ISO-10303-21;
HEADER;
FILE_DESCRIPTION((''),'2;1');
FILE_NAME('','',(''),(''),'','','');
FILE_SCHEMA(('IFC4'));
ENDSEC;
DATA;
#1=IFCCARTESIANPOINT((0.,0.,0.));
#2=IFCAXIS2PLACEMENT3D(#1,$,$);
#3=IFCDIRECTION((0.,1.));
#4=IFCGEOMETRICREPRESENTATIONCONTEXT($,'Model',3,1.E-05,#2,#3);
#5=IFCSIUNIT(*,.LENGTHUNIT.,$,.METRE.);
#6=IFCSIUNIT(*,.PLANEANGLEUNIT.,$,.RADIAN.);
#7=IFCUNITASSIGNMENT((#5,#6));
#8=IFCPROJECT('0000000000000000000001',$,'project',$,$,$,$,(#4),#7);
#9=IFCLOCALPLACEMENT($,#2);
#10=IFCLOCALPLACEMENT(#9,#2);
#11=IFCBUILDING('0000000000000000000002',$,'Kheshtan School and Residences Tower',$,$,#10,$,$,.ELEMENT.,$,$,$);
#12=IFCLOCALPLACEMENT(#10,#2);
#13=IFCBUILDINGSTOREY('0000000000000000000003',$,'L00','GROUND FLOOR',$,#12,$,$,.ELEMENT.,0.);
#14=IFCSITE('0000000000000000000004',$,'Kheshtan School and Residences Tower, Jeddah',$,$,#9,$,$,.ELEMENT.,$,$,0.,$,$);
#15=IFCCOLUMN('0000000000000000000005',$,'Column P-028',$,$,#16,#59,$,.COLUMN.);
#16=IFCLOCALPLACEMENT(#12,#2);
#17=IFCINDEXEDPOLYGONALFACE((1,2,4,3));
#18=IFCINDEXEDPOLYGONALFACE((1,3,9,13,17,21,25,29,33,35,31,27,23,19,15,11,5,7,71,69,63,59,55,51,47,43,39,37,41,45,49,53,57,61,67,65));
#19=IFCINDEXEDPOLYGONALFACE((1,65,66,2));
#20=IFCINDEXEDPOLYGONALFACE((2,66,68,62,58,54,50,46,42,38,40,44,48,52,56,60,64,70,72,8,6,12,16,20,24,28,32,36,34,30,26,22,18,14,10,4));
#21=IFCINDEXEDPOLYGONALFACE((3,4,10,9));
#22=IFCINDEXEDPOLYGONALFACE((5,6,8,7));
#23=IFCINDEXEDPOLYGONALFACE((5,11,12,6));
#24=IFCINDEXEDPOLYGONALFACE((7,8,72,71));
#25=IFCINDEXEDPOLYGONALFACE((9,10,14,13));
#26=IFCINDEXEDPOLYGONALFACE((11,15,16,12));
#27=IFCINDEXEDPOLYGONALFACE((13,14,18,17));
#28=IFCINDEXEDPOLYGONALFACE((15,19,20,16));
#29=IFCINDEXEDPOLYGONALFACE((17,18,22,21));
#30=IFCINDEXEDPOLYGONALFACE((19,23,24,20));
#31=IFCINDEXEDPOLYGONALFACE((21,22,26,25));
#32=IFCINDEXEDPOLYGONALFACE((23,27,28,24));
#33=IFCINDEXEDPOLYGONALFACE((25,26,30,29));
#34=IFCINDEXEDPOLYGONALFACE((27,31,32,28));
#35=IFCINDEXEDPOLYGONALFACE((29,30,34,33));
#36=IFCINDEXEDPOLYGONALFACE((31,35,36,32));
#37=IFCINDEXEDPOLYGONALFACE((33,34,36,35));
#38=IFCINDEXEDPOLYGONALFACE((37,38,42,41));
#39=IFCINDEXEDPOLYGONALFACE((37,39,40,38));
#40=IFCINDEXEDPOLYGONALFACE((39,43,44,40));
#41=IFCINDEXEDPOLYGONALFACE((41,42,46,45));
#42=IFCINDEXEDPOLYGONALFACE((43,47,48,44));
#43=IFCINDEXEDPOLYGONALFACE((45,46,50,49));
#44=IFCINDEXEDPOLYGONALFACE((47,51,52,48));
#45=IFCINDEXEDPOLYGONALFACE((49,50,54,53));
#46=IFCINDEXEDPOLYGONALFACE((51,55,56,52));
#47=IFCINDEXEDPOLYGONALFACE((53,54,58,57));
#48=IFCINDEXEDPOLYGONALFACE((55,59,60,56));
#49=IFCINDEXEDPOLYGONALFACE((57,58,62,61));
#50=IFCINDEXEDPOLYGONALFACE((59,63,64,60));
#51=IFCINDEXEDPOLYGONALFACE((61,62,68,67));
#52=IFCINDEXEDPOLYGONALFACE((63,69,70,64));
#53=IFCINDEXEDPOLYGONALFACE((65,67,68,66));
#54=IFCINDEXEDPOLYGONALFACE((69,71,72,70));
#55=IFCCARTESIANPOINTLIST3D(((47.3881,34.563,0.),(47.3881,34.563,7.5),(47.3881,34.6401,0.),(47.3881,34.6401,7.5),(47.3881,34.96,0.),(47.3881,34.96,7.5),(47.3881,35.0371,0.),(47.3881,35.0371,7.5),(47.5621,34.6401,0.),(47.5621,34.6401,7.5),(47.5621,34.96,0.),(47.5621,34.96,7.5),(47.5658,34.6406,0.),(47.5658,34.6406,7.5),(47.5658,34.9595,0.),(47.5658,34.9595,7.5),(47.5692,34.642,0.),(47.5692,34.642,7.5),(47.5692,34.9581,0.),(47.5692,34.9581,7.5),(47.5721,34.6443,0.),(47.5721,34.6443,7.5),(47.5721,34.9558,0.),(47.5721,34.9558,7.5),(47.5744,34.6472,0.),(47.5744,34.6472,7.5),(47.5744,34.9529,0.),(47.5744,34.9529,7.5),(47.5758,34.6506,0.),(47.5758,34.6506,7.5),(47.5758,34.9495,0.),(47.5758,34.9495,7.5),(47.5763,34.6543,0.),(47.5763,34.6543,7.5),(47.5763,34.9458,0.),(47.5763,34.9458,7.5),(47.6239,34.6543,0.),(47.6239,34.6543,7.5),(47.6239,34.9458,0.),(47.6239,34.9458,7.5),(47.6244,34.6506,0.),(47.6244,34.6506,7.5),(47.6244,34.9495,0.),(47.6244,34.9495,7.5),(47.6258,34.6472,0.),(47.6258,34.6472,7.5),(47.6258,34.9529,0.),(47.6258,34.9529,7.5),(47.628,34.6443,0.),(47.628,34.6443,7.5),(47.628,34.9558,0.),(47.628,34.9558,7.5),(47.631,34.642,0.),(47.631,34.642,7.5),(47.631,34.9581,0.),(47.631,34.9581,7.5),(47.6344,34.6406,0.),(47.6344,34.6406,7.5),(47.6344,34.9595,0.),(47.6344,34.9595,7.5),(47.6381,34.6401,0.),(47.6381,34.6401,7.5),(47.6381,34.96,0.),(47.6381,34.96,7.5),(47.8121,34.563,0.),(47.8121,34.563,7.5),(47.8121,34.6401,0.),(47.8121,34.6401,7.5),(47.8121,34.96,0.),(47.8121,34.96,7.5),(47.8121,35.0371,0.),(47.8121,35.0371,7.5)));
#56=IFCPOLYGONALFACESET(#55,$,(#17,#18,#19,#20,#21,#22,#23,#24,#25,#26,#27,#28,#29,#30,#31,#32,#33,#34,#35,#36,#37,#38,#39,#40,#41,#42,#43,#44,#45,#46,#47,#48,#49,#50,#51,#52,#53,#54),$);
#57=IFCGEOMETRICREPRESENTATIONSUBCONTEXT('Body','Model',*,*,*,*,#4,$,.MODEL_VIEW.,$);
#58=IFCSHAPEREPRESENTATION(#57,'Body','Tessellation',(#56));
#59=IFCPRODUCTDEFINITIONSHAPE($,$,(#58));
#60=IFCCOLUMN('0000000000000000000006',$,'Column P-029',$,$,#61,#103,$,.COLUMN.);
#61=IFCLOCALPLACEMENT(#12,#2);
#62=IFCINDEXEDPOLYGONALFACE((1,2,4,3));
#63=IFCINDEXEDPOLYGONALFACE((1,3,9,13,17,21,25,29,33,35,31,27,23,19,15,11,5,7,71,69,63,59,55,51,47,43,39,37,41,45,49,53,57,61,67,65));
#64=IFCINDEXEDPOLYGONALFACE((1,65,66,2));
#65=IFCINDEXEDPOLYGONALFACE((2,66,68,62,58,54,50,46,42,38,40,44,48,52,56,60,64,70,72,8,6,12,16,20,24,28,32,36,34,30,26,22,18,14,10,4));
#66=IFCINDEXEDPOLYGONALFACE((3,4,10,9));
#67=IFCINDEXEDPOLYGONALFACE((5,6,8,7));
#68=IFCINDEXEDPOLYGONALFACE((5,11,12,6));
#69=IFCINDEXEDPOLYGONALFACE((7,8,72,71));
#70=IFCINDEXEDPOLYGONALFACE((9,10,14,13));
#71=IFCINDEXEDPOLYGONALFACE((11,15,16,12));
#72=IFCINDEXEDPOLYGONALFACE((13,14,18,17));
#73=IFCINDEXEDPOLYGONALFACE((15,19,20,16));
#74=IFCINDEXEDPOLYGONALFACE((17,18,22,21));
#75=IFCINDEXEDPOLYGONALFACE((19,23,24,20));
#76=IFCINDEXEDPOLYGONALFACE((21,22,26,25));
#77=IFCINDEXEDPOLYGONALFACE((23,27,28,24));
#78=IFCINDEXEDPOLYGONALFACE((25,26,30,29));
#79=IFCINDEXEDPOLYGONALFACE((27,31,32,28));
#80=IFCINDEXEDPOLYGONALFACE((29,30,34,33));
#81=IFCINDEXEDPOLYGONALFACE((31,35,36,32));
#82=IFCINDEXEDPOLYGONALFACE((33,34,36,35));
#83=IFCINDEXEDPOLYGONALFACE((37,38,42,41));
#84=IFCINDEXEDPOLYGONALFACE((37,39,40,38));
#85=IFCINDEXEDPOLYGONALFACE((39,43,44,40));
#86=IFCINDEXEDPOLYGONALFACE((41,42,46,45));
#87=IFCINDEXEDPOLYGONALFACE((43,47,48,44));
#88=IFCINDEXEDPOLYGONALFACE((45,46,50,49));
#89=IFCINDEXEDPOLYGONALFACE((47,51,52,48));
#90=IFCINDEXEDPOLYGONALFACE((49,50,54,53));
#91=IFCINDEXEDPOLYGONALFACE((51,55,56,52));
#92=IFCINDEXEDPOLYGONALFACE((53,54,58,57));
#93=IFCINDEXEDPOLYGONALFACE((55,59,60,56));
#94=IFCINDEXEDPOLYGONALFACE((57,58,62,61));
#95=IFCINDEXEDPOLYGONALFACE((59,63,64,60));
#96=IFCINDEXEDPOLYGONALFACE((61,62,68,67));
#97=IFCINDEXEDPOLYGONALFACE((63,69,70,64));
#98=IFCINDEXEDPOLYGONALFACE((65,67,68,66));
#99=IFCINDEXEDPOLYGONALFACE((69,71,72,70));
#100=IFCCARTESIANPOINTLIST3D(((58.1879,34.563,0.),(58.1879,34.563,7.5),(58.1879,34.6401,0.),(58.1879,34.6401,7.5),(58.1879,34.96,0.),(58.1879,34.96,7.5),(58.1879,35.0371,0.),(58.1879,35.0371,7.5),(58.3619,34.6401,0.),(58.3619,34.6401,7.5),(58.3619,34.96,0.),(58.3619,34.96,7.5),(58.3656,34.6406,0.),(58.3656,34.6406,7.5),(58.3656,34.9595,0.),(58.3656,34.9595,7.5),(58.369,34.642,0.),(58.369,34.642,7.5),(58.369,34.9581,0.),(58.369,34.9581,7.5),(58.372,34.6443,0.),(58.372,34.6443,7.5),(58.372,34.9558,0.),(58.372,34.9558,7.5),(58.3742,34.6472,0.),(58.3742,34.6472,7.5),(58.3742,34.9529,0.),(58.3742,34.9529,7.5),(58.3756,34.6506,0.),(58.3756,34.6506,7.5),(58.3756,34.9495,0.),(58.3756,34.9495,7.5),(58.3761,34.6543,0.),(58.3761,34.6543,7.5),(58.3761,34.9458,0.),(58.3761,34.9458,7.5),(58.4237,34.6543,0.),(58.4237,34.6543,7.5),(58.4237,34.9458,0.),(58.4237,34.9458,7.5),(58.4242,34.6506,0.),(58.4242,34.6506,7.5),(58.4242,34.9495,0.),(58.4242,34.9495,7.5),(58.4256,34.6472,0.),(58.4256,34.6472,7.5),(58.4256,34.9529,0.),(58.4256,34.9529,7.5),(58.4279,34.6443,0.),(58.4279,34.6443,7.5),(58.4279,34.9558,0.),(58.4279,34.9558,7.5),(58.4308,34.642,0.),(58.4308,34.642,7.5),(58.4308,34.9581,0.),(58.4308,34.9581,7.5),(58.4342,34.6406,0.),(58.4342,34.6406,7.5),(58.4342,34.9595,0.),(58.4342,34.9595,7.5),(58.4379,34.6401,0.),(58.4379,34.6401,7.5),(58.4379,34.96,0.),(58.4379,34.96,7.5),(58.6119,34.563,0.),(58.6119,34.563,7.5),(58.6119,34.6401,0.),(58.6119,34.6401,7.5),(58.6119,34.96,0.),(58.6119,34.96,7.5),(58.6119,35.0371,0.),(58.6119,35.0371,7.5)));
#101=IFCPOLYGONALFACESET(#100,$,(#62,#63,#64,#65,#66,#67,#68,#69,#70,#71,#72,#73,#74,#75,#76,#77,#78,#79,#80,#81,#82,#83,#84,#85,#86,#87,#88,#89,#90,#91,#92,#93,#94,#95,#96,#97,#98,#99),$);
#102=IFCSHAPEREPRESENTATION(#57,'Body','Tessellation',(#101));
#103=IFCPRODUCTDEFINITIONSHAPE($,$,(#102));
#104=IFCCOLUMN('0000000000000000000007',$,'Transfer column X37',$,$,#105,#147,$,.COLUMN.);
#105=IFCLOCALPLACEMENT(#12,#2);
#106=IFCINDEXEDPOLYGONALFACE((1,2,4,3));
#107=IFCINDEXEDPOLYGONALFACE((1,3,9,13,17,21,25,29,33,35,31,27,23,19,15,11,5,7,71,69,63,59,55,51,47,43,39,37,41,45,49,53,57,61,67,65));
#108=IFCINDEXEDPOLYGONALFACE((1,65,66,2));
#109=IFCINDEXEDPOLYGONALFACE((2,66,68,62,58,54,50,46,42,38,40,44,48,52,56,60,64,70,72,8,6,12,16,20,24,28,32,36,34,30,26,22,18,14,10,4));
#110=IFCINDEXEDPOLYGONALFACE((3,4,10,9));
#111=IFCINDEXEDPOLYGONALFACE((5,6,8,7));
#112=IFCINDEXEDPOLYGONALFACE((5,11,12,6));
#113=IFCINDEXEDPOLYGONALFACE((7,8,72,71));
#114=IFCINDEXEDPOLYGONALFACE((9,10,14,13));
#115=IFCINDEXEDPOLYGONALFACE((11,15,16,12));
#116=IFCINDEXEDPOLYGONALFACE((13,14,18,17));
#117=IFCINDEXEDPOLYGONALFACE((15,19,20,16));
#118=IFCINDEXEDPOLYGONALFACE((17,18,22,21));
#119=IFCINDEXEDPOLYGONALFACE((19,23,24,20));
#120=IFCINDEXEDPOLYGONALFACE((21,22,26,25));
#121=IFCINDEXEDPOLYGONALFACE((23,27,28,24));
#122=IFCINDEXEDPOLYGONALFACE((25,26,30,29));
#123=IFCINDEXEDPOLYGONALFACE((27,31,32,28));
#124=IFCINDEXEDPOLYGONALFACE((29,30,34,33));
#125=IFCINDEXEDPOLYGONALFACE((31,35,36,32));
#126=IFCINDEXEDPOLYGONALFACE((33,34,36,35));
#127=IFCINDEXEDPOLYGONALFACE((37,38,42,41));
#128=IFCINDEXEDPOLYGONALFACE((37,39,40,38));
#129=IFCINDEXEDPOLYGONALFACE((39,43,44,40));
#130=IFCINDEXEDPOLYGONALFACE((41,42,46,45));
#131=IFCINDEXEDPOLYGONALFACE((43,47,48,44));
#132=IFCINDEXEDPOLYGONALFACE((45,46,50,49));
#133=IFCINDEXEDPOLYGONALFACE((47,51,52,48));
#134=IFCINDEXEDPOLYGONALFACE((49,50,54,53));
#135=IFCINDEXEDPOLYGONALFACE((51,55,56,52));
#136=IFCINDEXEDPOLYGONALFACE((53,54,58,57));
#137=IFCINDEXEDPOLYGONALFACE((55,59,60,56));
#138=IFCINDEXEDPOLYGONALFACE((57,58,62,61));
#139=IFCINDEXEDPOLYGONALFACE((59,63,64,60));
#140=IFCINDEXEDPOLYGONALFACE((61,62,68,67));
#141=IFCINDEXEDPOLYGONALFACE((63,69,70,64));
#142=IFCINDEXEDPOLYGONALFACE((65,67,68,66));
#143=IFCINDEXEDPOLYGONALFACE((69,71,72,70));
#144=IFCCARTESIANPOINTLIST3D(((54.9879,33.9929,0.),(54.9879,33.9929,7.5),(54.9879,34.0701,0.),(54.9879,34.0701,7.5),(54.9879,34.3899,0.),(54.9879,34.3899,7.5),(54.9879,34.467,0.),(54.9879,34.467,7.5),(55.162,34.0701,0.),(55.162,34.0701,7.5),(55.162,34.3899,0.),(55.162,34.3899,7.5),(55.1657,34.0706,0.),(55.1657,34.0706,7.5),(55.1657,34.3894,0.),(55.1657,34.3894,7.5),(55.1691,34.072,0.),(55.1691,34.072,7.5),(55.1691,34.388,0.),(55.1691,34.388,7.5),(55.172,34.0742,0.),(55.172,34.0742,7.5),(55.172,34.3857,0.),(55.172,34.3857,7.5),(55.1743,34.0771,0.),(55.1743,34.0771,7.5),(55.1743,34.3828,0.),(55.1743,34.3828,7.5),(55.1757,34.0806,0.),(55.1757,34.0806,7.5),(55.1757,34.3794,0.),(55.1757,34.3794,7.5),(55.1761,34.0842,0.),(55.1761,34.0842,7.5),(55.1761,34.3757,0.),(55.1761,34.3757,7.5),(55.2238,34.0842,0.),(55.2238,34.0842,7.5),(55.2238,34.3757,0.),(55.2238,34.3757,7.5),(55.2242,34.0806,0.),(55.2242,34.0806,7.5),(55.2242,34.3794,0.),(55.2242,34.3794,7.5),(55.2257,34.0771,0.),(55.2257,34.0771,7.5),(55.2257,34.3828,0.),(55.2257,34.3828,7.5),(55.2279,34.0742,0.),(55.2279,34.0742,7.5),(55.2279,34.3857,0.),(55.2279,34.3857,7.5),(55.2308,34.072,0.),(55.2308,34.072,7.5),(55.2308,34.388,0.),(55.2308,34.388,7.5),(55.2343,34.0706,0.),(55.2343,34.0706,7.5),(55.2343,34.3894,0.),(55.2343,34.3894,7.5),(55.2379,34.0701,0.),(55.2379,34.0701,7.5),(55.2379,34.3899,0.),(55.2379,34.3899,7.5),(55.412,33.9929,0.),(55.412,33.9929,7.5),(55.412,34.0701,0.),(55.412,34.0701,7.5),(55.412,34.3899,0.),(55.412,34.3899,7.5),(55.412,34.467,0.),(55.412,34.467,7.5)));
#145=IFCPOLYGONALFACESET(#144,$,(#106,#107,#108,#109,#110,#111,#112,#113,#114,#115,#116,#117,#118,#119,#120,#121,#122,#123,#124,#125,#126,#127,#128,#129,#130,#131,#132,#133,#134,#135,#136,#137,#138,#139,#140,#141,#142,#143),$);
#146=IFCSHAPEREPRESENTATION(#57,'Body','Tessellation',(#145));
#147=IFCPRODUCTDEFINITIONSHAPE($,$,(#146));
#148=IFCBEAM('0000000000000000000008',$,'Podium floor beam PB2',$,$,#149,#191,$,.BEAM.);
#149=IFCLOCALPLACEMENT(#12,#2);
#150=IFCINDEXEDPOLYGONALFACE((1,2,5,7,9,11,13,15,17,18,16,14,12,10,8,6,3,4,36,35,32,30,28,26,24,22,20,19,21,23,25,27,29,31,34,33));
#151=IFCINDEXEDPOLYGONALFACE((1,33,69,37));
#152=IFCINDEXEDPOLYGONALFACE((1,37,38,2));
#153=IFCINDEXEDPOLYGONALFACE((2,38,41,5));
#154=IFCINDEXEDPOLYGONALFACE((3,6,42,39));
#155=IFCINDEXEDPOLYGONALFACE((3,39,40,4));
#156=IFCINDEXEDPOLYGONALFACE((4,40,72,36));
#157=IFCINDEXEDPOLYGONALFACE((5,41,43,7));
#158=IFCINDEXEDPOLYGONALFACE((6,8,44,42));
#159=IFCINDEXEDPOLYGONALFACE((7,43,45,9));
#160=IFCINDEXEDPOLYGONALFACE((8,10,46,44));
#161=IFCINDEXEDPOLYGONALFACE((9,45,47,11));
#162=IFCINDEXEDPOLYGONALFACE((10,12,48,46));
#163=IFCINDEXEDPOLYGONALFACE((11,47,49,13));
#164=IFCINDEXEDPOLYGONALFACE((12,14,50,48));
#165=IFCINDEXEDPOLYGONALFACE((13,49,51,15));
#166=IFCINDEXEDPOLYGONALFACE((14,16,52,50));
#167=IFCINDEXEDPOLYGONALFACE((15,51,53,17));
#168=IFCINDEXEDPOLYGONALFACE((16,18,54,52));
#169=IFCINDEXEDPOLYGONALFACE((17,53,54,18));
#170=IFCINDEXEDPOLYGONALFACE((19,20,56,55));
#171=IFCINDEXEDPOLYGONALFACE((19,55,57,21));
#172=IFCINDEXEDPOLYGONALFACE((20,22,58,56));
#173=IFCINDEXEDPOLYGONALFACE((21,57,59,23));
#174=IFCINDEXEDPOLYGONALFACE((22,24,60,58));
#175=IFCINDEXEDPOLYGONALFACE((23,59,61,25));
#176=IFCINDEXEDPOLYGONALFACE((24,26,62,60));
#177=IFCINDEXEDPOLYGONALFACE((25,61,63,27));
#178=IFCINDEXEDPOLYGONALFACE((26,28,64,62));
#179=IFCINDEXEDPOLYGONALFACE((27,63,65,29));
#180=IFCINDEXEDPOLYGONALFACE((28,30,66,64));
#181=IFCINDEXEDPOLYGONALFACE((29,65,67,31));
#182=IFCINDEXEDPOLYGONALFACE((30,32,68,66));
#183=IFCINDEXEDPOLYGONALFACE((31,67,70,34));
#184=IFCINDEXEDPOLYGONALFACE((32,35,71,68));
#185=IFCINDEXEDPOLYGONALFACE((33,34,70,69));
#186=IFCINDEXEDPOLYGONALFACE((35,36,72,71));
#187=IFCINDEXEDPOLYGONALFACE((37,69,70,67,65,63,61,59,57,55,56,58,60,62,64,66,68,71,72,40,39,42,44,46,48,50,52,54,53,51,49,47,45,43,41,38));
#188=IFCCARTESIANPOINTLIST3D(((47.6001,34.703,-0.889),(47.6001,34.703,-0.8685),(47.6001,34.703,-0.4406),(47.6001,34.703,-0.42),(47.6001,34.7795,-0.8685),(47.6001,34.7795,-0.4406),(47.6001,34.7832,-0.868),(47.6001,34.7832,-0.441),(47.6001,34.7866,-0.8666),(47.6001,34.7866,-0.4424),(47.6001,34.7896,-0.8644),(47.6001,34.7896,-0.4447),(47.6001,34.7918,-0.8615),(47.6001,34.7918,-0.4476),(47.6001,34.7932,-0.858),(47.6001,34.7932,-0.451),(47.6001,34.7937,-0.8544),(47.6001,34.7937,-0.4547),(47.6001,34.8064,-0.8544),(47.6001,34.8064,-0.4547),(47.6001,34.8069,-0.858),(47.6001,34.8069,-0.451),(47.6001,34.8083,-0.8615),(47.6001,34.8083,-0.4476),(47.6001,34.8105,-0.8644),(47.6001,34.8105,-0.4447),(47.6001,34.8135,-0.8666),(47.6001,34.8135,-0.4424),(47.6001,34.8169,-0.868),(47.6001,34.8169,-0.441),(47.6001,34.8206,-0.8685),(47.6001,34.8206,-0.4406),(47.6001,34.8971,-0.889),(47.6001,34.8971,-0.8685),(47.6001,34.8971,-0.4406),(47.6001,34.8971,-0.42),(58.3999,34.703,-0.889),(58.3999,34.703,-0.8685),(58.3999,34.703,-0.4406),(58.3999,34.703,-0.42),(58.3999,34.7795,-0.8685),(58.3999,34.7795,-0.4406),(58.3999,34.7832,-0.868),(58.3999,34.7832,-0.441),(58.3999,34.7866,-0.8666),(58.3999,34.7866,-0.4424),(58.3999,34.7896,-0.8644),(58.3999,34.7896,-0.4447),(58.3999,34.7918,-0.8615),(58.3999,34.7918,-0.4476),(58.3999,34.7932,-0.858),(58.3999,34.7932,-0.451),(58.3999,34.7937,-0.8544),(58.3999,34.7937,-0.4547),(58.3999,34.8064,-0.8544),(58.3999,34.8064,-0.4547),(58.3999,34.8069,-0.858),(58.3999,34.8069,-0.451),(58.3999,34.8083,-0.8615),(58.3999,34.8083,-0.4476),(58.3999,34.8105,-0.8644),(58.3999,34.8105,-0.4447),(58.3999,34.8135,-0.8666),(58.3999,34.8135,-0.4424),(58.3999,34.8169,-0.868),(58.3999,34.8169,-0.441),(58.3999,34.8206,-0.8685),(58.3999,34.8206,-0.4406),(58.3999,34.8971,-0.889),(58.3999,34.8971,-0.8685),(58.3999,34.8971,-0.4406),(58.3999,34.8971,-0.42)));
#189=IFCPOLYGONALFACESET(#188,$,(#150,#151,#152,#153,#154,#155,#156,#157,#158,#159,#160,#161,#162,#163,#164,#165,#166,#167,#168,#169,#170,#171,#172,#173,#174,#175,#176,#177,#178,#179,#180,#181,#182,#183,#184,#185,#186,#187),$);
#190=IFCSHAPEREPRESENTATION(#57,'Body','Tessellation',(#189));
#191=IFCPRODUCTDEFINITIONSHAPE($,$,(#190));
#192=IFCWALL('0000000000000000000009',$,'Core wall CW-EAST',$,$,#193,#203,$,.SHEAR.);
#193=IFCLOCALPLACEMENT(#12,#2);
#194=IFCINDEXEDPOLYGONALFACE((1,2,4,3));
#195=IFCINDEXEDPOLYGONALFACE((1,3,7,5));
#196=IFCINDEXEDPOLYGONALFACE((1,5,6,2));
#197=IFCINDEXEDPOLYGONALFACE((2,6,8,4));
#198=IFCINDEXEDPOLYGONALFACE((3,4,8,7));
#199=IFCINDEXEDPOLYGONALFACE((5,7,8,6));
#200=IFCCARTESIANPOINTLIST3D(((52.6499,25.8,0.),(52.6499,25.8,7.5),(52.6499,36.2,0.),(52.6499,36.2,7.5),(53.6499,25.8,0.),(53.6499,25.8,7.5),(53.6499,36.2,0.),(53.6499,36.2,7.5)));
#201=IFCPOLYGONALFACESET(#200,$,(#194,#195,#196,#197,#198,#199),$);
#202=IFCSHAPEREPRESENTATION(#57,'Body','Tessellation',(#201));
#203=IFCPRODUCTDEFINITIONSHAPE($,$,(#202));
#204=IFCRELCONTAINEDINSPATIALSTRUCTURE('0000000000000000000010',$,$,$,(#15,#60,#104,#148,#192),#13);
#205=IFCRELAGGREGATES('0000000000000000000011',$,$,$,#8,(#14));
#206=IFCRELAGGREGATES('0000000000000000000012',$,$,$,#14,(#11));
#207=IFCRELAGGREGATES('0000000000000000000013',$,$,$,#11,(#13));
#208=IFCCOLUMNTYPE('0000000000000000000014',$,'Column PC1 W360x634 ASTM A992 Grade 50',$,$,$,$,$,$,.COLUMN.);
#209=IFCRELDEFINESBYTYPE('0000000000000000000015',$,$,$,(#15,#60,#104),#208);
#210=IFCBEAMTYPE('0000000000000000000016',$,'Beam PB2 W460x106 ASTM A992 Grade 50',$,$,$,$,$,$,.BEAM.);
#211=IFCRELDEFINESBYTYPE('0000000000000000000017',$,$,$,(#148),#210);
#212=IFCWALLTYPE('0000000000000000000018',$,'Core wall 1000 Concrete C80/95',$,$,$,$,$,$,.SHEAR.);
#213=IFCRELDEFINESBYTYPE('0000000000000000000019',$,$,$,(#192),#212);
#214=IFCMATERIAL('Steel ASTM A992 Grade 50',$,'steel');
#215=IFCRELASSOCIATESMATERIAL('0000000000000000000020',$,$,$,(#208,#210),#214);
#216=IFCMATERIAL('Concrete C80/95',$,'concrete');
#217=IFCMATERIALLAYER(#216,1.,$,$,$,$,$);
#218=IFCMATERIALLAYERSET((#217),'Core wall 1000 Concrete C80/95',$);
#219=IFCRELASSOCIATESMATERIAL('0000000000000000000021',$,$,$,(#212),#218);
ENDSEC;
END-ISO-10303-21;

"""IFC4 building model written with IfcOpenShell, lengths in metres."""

from ifc_helpers import new_model, si_unit, direction, frame, frame_2d, origin, origin_2d, place, context, subcontext, project, spatial, rectangle, i_section, extrude, material, layer, layer_set, material_profile, profile_set, type_object, element, save


model = new_model("IFC4")

# Units and contexts
model_context = context("Model", 3, precision=1e-05, world=origin(), true_north=direction((0.0, 1.0)))
body_context = subcontext(model_context, "Body", "Model", "MODEL_VIEW")
ifc_project = project(units=[si_unit("LENGTHUNIT", "METRE"), si_unit("PLANEANGLEUNIT", "RADIAN")], contexts=[model_context])

# Site, building, storey
site_placement = place(None, origin())
site = spatial("IfcSite", under=ifc_project, at=site_placement, Name="Kheshtan School and Residences Tower, Jeddah", CompositionType="ELEMENT", RefElevation=0.0)
building_placement = place(site_placement, origin())
building = spatial("IfcBuilding", under=site, at=building_placement, Name="Kheshtan School and Residences Tower", CompositionType="ELEMENT")
storey_placement = place(building_placement, origin())
storey = spatial("IfcBuildingStorey", under=building, at=storey_placement, Name="L00", Description="GROUND FLOOR", CompositionType="ELEMENT", Elevation=0.0)

# Columns
ifc_material_1 = material(Name="Steel ASTM A992 Grade 50", Category="steel")
ifc_material_profile_1 = material_profile(ifc_material_1, i_section(OverallWidth=0.4241, OverallDepth=0.4741, WebThickness=0.0476, FlangeThickness=0.0771, FilletRadius=0.0142, at=origin_2d()), Name="W360x634")
ifc_profile_set_1 = profile_set([ifc_material_profile_1], Name="Steel ASTM A992 Grade 50")
column_type = type_object("IfcColumnType", Name="Column PC1 W360x634 ASTM A992 Grade 50", PredefinedType="COLUMN", material=ifc_profile_set_1)
for number, where, z_axis, x_axis, name in (
    (1, (47.6001, 34.8, 0.0), (0.0, 0.0, 1.0), (1.0, 0.0, 0.0), "Column P-028"),
    (2, (58.3999, 34.8, 0.0), (0.0, 0.0, 1.0), (1.0, 0.0, 0.0), "Column P-029"),
    (3, (55.2, 34.23, 0.0), (0.0, 0.0, 1.0), (1.0, 0.0, 0.0), "Transfer column X37"),
):
    element("IfcColumn", number, at=place(storey_placement, frame(where, z_axis=z_axis, x_axis=x_axis)), inside=storey, type_object=column_type, Name=name, PredefinedType="COLUMN", context=body_context, shape_type="SweptSolid", body=[
        extrude(i_section(OverallWidth=0.4241, OverallDepth=0.4741, WebThickness=0.0476, FlangeThickness=0.0771, FilletRadius=0.0142, at=origin_2d()), origin(), (0.0, 0.0, 1.0), 7.5),
    ])

# Beam
ifc_material_profile_2 = material_profile(ifc_material_1, i_section(OverallWidth=0.1941, OverallDepth=0.469, WebThickness=0.0127, FlangeThickness=0.0205, FilletRadius=0.0142, at=origin_2d()), Name="W460x106")
ifc_profile_set_2 = profile_set([ifc_material_profile_2], Name="Steel ASTM A992 Grade 50")
beam_type = type_object("IfcBeamType", Name="Beam PB2 W460x106 ASTM A992 Grade 50", PredefinedType="BEAM", material=ifc_profile_set_2)
beam_placement = place(storey_placement, frame((47.6001, 34.8, -0.6545), z_axis=(1.0, 0.0, 0.0), x_axis=(0.0, 1.0, 0.0)))
element("IfcBeam", 4, at=beam_placement, inside=storey, type_object=beam_type, Name="Podium floor beam PB2", PredefinedType="BEAM", context=body_context, shape_type="SweptSolid", body=[
    extrude(i_section(OverallWidth=0.1941, OverallDepth=0.469, WebThickness=0.0127, FlangeThickness=0.0205, FilletRadius=0.0142, at=origin_2d()), origin(), (0.0, 0.0, 1.0), 10.7998),
])

# Wall
ifc_material_2 = material(Name="Concrete C80/95", Category="concrete")
ifc_layer_1 = layer(ifc_material_2, 1.0)
ifc_layer_set_1 = layer_set([ifc_layer_1], Name="Core wall 1000 Concrete C80/95")
wall_type_1 = type_object("IfcWallType", Name="Core wall 1000 Concrete C80/95", PredefinedType="SHEAR", material=ifc_layer_set_1)
wall_1_placement = place(storey_placement, frame((53.1499, 25.8, 0.0), z_axis=(0.0, 0.0, 1.0), x_axis=(0.0, 1.0, 0.0)))
element("IfcWall", 5, at=wall_1_placement, inside=storey, type_object=wall_type_1, Name="Core wall CW-EAST", PredefinedType="SHEAR", context=body_context, shape_type="SweptSolid", body=[
    extrude(rectangle(XDim=10.3999, YDim=1.0, at=frame_2d((5.2, 0.0))), origin(), (0.0, 0.0, 1.0), 7.5),
])

save(model, "model.ifc")
